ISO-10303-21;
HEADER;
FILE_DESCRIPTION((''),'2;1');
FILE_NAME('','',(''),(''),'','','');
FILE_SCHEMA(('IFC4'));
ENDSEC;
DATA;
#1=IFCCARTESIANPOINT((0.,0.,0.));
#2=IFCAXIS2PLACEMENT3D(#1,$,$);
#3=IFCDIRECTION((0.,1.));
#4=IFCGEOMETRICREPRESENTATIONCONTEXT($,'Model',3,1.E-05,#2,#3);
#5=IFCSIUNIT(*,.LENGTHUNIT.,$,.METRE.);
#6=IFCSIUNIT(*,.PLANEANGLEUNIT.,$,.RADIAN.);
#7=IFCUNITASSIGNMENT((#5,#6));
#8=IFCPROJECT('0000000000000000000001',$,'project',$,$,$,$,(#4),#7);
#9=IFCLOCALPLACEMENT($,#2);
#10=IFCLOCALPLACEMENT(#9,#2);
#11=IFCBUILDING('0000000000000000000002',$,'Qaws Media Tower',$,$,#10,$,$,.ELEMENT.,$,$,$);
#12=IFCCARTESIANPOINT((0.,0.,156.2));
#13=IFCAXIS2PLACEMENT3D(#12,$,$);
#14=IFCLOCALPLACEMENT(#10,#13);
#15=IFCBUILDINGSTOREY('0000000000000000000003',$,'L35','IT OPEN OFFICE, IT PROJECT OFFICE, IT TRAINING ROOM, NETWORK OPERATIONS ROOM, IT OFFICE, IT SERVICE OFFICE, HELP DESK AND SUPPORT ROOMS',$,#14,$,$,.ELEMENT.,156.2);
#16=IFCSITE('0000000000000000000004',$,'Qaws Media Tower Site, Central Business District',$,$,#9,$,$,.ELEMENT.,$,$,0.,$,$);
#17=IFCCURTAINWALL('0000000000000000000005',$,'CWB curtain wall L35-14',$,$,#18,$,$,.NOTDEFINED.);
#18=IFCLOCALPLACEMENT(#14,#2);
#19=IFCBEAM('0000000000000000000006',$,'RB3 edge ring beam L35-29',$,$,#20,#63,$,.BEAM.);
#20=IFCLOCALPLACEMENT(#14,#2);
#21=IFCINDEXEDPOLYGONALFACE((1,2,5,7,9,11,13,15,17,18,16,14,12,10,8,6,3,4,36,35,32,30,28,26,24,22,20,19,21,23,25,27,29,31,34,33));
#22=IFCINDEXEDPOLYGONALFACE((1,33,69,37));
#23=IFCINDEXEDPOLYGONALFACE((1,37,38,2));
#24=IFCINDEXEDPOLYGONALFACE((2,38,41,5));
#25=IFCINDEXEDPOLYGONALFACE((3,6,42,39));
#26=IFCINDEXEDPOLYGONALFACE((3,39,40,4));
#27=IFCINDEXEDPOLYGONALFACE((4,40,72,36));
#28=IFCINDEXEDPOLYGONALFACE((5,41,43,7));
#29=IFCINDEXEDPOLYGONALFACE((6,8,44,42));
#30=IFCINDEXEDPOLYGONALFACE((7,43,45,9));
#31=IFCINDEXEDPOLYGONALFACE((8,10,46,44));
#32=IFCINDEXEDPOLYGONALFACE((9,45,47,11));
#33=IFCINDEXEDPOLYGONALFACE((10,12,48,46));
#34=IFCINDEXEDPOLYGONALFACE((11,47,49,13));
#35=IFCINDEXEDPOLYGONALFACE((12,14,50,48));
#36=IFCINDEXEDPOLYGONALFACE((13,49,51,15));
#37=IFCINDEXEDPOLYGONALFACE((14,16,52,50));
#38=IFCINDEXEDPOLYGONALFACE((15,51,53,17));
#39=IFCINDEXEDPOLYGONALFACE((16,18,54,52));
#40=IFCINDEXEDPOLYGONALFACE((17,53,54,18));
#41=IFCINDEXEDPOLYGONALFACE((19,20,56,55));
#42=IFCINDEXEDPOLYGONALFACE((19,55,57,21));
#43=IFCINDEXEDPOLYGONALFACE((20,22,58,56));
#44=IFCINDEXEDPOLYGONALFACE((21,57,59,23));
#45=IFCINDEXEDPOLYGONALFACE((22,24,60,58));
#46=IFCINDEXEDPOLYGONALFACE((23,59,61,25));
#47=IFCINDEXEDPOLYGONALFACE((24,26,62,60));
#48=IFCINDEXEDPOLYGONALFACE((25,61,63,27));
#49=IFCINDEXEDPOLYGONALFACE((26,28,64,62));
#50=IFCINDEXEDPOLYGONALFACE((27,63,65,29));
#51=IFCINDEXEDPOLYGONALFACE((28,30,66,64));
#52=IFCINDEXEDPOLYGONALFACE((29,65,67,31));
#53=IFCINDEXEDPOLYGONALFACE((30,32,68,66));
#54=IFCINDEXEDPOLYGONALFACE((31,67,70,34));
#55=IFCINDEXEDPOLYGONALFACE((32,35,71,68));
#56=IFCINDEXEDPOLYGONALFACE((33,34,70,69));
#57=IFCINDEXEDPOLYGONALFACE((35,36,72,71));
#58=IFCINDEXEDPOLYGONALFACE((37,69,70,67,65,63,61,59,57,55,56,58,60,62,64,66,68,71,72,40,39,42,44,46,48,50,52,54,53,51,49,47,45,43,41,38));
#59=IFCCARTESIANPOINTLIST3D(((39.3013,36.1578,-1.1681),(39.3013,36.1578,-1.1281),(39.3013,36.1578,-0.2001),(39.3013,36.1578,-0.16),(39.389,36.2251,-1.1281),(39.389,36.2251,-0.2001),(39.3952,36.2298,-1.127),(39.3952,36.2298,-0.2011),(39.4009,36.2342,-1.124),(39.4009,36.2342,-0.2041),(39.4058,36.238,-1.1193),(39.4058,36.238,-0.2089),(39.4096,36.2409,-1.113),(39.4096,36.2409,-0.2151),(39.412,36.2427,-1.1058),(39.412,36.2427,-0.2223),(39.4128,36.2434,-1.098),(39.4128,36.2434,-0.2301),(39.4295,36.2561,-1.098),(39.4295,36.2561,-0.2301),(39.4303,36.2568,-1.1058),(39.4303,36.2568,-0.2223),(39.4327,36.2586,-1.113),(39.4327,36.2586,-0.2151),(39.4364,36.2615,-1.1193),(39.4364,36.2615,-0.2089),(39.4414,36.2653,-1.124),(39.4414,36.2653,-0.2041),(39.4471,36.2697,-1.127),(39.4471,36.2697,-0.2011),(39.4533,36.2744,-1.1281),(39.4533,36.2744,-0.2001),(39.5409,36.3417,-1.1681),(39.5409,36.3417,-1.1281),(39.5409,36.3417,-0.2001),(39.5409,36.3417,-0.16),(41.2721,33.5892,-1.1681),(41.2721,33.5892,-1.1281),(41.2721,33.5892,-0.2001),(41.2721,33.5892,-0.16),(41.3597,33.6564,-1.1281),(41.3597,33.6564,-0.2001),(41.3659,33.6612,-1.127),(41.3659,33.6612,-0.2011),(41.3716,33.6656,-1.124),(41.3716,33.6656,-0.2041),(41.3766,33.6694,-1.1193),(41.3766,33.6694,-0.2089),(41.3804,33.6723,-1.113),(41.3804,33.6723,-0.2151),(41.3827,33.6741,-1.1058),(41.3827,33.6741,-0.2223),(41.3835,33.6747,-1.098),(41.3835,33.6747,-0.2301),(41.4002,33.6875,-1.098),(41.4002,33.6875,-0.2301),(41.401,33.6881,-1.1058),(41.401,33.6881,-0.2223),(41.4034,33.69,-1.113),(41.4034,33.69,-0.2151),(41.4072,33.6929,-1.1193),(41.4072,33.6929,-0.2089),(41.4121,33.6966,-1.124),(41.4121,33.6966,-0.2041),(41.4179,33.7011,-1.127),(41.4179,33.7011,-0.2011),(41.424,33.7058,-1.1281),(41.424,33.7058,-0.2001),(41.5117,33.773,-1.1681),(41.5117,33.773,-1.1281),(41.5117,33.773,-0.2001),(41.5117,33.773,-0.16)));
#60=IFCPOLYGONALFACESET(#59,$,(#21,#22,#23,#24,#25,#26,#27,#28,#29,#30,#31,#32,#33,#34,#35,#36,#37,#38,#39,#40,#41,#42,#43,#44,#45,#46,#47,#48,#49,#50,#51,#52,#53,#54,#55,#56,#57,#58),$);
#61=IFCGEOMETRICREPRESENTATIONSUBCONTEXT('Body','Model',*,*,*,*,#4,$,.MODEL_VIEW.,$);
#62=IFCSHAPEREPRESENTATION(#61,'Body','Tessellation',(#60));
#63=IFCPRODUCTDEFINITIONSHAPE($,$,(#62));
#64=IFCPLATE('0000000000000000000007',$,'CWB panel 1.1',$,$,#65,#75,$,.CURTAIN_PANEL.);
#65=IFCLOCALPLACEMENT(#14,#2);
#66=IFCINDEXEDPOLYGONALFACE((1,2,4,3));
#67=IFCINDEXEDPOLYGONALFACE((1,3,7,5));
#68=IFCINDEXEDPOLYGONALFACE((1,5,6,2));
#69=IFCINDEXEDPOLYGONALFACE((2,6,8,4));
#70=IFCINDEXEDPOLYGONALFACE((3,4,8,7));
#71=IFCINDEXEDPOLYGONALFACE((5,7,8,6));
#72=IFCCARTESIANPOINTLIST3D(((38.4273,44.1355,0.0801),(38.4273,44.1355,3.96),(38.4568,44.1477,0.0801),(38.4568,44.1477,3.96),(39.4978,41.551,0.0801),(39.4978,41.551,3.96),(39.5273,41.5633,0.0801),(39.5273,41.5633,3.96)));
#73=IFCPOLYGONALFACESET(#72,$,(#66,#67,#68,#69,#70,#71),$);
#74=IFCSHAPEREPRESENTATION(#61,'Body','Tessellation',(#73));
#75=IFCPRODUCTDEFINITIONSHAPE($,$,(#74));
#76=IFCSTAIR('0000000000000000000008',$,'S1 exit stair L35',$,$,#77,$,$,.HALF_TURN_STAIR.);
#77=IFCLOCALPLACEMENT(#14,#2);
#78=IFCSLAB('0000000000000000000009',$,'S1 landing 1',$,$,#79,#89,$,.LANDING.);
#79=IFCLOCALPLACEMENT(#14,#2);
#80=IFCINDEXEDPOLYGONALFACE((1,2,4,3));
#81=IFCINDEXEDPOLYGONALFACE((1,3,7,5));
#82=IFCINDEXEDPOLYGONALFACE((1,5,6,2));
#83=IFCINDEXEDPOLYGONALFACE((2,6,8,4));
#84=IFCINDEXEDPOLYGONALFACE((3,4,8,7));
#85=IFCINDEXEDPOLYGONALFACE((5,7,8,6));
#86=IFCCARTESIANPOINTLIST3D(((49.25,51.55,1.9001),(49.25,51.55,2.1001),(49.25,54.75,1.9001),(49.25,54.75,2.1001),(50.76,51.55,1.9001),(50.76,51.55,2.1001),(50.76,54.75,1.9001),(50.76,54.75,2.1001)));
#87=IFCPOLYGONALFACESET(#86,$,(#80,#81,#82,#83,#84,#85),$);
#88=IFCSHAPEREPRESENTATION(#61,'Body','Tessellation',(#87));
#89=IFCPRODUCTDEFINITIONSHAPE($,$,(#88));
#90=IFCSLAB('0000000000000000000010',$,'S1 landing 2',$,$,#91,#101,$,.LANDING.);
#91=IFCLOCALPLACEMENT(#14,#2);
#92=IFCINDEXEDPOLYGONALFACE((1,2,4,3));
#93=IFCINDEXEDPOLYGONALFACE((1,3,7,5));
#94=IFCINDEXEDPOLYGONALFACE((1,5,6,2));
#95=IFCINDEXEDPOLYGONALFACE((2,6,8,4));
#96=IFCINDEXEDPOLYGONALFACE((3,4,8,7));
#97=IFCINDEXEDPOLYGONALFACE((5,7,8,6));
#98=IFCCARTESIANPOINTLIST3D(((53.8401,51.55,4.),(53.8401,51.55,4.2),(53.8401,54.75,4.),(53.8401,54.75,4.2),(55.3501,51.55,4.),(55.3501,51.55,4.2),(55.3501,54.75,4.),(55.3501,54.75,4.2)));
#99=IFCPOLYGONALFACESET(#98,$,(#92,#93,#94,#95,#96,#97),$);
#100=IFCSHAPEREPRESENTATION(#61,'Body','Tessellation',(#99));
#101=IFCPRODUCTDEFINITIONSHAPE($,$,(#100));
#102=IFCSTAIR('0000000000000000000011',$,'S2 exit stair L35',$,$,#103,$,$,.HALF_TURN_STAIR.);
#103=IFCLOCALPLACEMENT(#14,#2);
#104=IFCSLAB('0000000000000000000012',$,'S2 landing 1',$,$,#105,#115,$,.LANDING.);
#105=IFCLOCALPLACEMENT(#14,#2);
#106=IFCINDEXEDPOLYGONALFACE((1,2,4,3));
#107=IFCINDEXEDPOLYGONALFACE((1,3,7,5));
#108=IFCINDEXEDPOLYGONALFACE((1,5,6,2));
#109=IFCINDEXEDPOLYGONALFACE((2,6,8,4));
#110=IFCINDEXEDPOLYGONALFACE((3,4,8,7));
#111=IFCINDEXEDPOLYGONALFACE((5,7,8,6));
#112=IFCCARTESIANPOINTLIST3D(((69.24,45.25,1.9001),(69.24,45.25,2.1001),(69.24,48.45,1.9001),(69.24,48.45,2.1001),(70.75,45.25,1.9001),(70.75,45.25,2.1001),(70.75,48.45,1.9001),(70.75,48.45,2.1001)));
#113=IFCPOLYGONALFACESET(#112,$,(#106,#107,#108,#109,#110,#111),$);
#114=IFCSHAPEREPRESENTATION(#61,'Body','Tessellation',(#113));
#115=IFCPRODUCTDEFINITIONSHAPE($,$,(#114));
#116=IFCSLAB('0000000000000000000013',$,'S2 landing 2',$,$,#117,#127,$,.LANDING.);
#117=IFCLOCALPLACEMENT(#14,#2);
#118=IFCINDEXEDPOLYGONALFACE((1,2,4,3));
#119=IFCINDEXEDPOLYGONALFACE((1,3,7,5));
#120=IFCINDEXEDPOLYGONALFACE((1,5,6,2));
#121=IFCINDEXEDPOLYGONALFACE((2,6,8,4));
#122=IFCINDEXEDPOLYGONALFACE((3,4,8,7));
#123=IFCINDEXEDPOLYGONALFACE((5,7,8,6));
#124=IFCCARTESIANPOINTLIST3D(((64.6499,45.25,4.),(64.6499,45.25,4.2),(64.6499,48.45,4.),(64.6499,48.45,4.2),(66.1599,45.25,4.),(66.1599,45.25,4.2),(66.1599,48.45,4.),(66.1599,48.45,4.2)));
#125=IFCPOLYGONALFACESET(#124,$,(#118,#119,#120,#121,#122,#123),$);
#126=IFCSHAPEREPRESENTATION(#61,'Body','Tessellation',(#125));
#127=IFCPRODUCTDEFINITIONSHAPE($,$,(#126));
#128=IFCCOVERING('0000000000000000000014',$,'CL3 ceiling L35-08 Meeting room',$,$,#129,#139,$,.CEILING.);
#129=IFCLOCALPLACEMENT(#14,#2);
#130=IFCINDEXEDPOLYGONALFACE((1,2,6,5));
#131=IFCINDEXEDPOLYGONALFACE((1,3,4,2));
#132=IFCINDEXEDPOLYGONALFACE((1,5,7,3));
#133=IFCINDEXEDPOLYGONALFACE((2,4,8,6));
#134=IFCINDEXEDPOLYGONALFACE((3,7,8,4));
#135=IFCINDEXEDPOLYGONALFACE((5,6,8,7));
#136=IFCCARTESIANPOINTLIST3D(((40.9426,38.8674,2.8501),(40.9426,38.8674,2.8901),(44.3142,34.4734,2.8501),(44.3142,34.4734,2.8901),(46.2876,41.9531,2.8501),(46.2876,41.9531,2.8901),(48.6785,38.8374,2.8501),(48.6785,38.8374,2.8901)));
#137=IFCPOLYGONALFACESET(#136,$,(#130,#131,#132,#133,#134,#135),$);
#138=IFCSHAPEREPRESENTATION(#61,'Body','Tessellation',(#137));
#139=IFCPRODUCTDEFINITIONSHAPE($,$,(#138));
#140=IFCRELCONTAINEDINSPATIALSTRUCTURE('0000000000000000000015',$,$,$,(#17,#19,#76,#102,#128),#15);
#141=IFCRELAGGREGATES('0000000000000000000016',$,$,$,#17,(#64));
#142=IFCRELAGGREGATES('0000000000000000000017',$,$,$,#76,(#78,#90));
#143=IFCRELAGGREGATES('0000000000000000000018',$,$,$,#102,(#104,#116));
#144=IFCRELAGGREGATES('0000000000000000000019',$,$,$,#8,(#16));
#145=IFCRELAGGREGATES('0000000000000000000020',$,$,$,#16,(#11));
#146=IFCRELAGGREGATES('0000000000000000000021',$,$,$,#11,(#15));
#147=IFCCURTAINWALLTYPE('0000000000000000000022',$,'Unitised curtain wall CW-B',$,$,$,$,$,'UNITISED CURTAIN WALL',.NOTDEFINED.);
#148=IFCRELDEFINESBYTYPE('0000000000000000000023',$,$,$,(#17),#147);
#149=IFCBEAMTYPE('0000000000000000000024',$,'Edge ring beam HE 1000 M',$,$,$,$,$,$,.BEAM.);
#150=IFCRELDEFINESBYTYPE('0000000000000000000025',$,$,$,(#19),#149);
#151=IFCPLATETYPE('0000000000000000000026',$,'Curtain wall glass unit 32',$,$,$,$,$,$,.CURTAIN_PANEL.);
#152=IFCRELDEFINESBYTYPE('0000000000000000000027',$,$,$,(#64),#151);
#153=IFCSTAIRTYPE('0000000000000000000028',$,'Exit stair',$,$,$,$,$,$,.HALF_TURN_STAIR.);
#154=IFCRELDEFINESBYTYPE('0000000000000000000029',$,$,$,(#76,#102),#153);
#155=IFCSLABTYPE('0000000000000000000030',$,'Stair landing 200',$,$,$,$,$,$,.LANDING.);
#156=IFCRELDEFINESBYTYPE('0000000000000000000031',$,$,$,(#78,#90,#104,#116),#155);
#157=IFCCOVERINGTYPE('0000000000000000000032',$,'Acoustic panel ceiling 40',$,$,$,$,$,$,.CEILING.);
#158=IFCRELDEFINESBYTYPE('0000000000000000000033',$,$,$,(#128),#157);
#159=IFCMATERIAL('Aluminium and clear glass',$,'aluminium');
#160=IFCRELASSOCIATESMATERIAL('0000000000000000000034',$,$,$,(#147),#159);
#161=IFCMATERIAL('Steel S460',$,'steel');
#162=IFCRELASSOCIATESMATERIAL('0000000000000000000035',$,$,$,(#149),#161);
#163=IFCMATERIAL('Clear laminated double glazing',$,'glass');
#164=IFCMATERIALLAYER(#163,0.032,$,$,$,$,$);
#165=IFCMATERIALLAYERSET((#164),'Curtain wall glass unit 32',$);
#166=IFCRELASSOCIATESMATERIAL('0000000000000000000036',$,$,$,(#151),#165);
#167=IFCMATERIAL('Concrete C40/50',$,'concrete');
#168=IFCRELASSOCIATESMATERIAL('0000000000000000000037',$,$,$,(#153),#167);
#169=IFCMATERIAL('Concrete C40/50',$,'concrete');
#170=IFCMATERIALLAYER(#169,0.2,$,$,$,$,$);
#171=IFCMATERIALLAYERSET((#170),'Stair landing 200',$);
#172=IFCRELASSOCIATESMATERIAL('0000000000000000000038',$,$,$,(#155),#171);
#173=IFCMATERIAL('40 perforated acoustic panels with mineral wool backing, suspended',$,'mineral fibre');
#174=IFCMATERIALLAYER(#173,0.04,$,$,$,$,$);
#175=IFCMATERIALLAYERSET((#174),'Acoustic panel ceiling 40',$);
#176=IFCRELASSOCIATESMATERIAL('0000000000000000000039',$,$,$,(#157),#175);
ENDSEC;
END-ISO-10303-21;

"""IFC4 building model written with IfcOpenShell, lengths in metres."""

from ifc_helpers import new_model, si_unit, direction, frame, origin, origin_2d, place, context, subcontext, project, spatial, polyline, rectangle, i_section, outline, extrude, material, layer, layer_set, material_profile, profile_set, type_object, element, aggregate, save


model = new_model("IFC4")

# Units and contexts
model_context = context("Model", 3, precision=1e-05, world=origin(), true_north=direction((0.0, 1.0)))
body_context = subcontext(model_context, "Body", "Model", "MODEL_VIEW")
ifc_project = project(units=[si_unit("LENGTHUNIT", "METRE"), si_unit("PLANEANGLEUNIT", "RADIAN")], contexts=[model_context])

# Site, building, storey
site_placement = place(None, origin())
site = spatial("IfcSite", under=ifc_project, at=site_placement, Name="Qaws Media Tower Site, Central Business District", CompositionType="ELEMENT", RefElevation=0.0)
building_placement = place(site_placement, origin())
building = spatial("IfcBuilding", under=site, at=building_placement, Name="Qaws Media Tower", CompositionType="ELEMENT")
storey_placement = place(building_placement, frame((0.0, 0.0, 156.2)))
storey = spatial("IfcBuildingStorey", under=building, at=storey_placement, Name="L35", Description="IT OPEN OFFICE, IT PROJECT OFFICE, IT TRAINING ROOM, NETWORK OPERATIONS ROOM, IT OFFICE, IT SERVICE OFFICE, HELP DESK AND SUPPORT ROOMS", CompositionType="ELEMENT", Elevation=156.2)

# Curtain wall
ifc_material_1 = material(Name="Aluminium and clear glass", Category="aluminium")
curtain_wall_type = type_object("IfcCurtainWallType", Name="Unitised curtain wall CW-B", ElementType="UNITISED CURTAIN WALL", PredefinedType="NOTDEFINED", material=ifc_material_1)
curtain_wall_placement = place(storey_placement, origin())
curtain_wall = element("IfcCurtainWall", 1, at=curtain_wall_placement, inside=storey, type_object=curtain_wall_type, Name="CWB curtain wall L35-14", PredefinedType="NOTDEFINED")

# Beam
ifc_material_2 = material(Name="Steel S460", Category="steel")
ifc_material_profile_1 = material_profile(ifc_material_2, i_section(OverallWidth=0.302, OverallDepth=1.0081, WebThickness=0.021, FlangeThickness=0.04, FilletRadius=0.03, at=origin_2d()), Name="HE 1000 M")
ifc_profile_set_1 = profile_set([ifc_material_profile_1], Name="Steel S460")
beam_type = type_object("IfcBeamType", Name="Edge ring beam HE 1000 M", PredefinedType="BEAM", material=ifc_profile_set_1)
beam_1_placement = place(storey_placement, frame((39.4211, 36.2498, -0.6641), z_axis=(0.608712, -0.793391, 0.0), x_axis=(0.793391, 0.608712, 0.0)))
element("IfcBeam", 2, at=beam_1_placement, inside=storey, type_object=beam_type, Name="RB3 edge ring beam L35-29", PredefinedType="BEAM", context=body_context, shape_type="SweptSolid", body=[
    extrude(i_section(OverallWidth=0.302, OverallDepth=1.0081, WebThickness=0.021, FlangeThickness=0.04, FilletRadius=0.03, at=origin_2d()), origin(), (0.0, 0.0, 1.0), 3.2375),
])

# Plate
ifc_material_3 = material(Name="Clear laminated double glazing", Category="glass")
ifc_layer_1 = layer(ifc_material_3, 0.032)
ifc_layer_set_1 = layer_set([ifc_layer_1], Name="Curtain wall glass unit 32")
plate_type = type_object("IfcPlateType", Name="Curtain wall glass unit 32", PredefinedType="CURTAIN_PANEL", material=ifc_layer_set_1)
plate_placement = place(storey_placement, frame((38.9773, 42.8494, 0.0801), z_axis=(0.0, 0.0, 1.0), x_axis=(0.382683, -0.92388, 0.0)))
plate = element("IfcPlate", 3, at=plate_placement, type_object=plate_type, Name="CWB panel 1.1", PredefinedType="CURTAIN_PANEL", context=body_context, shape_type="SweptSolid", body=[
    extrude(rectangle(XDim=2.7974, YDim=0.032, at=origin_2d()), origin(), (0.0, 0.0, 1.0), 3.8799),
])
aggregate(curtain_wall, [plate])

# Stairs, slabs
ifc_material_4 = material(Name="Concrete C40/50", Category="concrete")
stair_type = type_object("IfcStairType", Name="Exit stair", PredefinedType="HALF_TURN_STAIR", material=ifc_material_4)
stair_1_placement = place(storey_placement, origin())
stair_1 = element("IfcStair", 4, at=stair_1_placement, inside=storey, type_object=stair_type, Name="S1 exit stair L35", PredefinedType="HALF_TURN_STAIR")
ifc_material_5 = material(Name="Concrete C40/50", Category="concrete")
ifc_layer_2 = layer(ifc_material_5, 0.2)
ifc_layer_set_2 = layer_set([ifc_layer_2], Name="Stair landing 200")
slab_type = type_object("IfcSlabType", Name="Stair landing 200", PredefinedType="LANDING", material=ifc_layer_set_2)
slab_1_placement = place(storey_placement, frame((0.0, 0.0, 1.9001)))
slab_1 = element("IfcSlab", 5, at=slab_1_placement, type_object=slab_type, Name="S1 landing 1", PredefinedType="LANDING", context=body_context, shape_type="SweptSolid", body=[
    extrude(outline(polyline([(49.25, 51.55), (50.76, 51.55), (50.76, 54.75), (49.25, 54.75), (49.25, 51.55)])), origin(), (0.0, 0.0, 1.0), 0.2),
])
slab_2_placement = place(storey_placement, frame((0.0, 0.0, 4.0)))
slab_2 = element("IfcSlab", 6, at=slab_2_placement, type_object=slab_type, Name="S1 landing 2", PredefinedType="LANDING", context=body_context, shape_type="SweptSolid", body=[
    extrude(outline(polyline([(53.8401, 51.55), (55.3501, 51.55), (55.3501, 54.75), (53.8401, 54.75), (53.8401, 51.55)])), origin(), (0.0, 0.0, 1.0), 0.2),
])
aggregate(stair_1, [slab_1, slab_2])
stair_2_placement = place(storey_placement, origin())
stair_2 = element("IfcStair", 7, at=stair_2_placement, inside=storey, type_object=stair_type, Name="S2 exit stair L35", PredefinedType="HALF_TURN_STAIR")
slab_3_placement = place(storey_placement, frame((0.0, 0.0, 1.9001)))
slab_3 = element("IfcSlab", 8, at=slab_3_placement, type_object=slab_type, Name="S2 landing 1", PredefinedType="LANDING", context=body_context, shape_type="SweptSolid", body=[
    extrude(outline(polyline([(69.24, 45.25), (70.75, 45.25), (70.75, 48.45), (69.24, 48.45), (69.24, 45.25)])), origin(), (0.0, 0.0, 1.0), 0.2),
])
slab_4_placement = place(storey_placement, frame((0.0, 0.0, 4.0)))
slab_4 = element("IfcSlab", 9, at=slab_4_placement, type_object=slab_type, Name="S2 landing 2", PredefinedType="LANDING", context=body_context, shape_type="SweptSolid", body=[
    extrude(outline(polyline([(64.6499, 45.25), (66.1599, 45.25), (66.1599, 48.45), (64.6499, 48.45), (64.6499, 45.25)])), origin(), (0.0, 0.0, 1.0), 0.2),
])
aggregate(stair_2, [slab_3, slab_4])

# Covering
ifc_material_6 = material(Name="40 perforated acoustic panels with mineral wool backing, suspended", Category="mineral fibre")
ifc_layer_3 = layer(ifc_material_6, 0.04)
ifc_layer_set_3 = layer_set([ifc_layer_3], Name="Acoustic panel ceiling 40")
covering_type_1 = type_object("IfcCoveringType", Name="Acoustic panel ceiling 40", PredefinedType="CEILING", material=ifc_layer_set_3)
covering_1_placement = place(storey_placement, frame((0.0, 0.0, 2.8501)))
element("IfcCovering", 10, at=covering_1_placement, inside=storey, type_object=covering_type_1, Name="CL3 ceiling L35-08 Meeting room", PredefinedType="CEILING", context=body_context, shape_type="SweptSolid", body=[
    extrude(outline(polyline([(40.9426, 38.8674), (46.2876, 41.9531), (48.6785, 38.8374), (44.3142, 34.4734), (40.9426, 38.8674)])), origin(), (0.0, 0.0, 1.0), 0.04),
])

save(model, "model.ifc")
